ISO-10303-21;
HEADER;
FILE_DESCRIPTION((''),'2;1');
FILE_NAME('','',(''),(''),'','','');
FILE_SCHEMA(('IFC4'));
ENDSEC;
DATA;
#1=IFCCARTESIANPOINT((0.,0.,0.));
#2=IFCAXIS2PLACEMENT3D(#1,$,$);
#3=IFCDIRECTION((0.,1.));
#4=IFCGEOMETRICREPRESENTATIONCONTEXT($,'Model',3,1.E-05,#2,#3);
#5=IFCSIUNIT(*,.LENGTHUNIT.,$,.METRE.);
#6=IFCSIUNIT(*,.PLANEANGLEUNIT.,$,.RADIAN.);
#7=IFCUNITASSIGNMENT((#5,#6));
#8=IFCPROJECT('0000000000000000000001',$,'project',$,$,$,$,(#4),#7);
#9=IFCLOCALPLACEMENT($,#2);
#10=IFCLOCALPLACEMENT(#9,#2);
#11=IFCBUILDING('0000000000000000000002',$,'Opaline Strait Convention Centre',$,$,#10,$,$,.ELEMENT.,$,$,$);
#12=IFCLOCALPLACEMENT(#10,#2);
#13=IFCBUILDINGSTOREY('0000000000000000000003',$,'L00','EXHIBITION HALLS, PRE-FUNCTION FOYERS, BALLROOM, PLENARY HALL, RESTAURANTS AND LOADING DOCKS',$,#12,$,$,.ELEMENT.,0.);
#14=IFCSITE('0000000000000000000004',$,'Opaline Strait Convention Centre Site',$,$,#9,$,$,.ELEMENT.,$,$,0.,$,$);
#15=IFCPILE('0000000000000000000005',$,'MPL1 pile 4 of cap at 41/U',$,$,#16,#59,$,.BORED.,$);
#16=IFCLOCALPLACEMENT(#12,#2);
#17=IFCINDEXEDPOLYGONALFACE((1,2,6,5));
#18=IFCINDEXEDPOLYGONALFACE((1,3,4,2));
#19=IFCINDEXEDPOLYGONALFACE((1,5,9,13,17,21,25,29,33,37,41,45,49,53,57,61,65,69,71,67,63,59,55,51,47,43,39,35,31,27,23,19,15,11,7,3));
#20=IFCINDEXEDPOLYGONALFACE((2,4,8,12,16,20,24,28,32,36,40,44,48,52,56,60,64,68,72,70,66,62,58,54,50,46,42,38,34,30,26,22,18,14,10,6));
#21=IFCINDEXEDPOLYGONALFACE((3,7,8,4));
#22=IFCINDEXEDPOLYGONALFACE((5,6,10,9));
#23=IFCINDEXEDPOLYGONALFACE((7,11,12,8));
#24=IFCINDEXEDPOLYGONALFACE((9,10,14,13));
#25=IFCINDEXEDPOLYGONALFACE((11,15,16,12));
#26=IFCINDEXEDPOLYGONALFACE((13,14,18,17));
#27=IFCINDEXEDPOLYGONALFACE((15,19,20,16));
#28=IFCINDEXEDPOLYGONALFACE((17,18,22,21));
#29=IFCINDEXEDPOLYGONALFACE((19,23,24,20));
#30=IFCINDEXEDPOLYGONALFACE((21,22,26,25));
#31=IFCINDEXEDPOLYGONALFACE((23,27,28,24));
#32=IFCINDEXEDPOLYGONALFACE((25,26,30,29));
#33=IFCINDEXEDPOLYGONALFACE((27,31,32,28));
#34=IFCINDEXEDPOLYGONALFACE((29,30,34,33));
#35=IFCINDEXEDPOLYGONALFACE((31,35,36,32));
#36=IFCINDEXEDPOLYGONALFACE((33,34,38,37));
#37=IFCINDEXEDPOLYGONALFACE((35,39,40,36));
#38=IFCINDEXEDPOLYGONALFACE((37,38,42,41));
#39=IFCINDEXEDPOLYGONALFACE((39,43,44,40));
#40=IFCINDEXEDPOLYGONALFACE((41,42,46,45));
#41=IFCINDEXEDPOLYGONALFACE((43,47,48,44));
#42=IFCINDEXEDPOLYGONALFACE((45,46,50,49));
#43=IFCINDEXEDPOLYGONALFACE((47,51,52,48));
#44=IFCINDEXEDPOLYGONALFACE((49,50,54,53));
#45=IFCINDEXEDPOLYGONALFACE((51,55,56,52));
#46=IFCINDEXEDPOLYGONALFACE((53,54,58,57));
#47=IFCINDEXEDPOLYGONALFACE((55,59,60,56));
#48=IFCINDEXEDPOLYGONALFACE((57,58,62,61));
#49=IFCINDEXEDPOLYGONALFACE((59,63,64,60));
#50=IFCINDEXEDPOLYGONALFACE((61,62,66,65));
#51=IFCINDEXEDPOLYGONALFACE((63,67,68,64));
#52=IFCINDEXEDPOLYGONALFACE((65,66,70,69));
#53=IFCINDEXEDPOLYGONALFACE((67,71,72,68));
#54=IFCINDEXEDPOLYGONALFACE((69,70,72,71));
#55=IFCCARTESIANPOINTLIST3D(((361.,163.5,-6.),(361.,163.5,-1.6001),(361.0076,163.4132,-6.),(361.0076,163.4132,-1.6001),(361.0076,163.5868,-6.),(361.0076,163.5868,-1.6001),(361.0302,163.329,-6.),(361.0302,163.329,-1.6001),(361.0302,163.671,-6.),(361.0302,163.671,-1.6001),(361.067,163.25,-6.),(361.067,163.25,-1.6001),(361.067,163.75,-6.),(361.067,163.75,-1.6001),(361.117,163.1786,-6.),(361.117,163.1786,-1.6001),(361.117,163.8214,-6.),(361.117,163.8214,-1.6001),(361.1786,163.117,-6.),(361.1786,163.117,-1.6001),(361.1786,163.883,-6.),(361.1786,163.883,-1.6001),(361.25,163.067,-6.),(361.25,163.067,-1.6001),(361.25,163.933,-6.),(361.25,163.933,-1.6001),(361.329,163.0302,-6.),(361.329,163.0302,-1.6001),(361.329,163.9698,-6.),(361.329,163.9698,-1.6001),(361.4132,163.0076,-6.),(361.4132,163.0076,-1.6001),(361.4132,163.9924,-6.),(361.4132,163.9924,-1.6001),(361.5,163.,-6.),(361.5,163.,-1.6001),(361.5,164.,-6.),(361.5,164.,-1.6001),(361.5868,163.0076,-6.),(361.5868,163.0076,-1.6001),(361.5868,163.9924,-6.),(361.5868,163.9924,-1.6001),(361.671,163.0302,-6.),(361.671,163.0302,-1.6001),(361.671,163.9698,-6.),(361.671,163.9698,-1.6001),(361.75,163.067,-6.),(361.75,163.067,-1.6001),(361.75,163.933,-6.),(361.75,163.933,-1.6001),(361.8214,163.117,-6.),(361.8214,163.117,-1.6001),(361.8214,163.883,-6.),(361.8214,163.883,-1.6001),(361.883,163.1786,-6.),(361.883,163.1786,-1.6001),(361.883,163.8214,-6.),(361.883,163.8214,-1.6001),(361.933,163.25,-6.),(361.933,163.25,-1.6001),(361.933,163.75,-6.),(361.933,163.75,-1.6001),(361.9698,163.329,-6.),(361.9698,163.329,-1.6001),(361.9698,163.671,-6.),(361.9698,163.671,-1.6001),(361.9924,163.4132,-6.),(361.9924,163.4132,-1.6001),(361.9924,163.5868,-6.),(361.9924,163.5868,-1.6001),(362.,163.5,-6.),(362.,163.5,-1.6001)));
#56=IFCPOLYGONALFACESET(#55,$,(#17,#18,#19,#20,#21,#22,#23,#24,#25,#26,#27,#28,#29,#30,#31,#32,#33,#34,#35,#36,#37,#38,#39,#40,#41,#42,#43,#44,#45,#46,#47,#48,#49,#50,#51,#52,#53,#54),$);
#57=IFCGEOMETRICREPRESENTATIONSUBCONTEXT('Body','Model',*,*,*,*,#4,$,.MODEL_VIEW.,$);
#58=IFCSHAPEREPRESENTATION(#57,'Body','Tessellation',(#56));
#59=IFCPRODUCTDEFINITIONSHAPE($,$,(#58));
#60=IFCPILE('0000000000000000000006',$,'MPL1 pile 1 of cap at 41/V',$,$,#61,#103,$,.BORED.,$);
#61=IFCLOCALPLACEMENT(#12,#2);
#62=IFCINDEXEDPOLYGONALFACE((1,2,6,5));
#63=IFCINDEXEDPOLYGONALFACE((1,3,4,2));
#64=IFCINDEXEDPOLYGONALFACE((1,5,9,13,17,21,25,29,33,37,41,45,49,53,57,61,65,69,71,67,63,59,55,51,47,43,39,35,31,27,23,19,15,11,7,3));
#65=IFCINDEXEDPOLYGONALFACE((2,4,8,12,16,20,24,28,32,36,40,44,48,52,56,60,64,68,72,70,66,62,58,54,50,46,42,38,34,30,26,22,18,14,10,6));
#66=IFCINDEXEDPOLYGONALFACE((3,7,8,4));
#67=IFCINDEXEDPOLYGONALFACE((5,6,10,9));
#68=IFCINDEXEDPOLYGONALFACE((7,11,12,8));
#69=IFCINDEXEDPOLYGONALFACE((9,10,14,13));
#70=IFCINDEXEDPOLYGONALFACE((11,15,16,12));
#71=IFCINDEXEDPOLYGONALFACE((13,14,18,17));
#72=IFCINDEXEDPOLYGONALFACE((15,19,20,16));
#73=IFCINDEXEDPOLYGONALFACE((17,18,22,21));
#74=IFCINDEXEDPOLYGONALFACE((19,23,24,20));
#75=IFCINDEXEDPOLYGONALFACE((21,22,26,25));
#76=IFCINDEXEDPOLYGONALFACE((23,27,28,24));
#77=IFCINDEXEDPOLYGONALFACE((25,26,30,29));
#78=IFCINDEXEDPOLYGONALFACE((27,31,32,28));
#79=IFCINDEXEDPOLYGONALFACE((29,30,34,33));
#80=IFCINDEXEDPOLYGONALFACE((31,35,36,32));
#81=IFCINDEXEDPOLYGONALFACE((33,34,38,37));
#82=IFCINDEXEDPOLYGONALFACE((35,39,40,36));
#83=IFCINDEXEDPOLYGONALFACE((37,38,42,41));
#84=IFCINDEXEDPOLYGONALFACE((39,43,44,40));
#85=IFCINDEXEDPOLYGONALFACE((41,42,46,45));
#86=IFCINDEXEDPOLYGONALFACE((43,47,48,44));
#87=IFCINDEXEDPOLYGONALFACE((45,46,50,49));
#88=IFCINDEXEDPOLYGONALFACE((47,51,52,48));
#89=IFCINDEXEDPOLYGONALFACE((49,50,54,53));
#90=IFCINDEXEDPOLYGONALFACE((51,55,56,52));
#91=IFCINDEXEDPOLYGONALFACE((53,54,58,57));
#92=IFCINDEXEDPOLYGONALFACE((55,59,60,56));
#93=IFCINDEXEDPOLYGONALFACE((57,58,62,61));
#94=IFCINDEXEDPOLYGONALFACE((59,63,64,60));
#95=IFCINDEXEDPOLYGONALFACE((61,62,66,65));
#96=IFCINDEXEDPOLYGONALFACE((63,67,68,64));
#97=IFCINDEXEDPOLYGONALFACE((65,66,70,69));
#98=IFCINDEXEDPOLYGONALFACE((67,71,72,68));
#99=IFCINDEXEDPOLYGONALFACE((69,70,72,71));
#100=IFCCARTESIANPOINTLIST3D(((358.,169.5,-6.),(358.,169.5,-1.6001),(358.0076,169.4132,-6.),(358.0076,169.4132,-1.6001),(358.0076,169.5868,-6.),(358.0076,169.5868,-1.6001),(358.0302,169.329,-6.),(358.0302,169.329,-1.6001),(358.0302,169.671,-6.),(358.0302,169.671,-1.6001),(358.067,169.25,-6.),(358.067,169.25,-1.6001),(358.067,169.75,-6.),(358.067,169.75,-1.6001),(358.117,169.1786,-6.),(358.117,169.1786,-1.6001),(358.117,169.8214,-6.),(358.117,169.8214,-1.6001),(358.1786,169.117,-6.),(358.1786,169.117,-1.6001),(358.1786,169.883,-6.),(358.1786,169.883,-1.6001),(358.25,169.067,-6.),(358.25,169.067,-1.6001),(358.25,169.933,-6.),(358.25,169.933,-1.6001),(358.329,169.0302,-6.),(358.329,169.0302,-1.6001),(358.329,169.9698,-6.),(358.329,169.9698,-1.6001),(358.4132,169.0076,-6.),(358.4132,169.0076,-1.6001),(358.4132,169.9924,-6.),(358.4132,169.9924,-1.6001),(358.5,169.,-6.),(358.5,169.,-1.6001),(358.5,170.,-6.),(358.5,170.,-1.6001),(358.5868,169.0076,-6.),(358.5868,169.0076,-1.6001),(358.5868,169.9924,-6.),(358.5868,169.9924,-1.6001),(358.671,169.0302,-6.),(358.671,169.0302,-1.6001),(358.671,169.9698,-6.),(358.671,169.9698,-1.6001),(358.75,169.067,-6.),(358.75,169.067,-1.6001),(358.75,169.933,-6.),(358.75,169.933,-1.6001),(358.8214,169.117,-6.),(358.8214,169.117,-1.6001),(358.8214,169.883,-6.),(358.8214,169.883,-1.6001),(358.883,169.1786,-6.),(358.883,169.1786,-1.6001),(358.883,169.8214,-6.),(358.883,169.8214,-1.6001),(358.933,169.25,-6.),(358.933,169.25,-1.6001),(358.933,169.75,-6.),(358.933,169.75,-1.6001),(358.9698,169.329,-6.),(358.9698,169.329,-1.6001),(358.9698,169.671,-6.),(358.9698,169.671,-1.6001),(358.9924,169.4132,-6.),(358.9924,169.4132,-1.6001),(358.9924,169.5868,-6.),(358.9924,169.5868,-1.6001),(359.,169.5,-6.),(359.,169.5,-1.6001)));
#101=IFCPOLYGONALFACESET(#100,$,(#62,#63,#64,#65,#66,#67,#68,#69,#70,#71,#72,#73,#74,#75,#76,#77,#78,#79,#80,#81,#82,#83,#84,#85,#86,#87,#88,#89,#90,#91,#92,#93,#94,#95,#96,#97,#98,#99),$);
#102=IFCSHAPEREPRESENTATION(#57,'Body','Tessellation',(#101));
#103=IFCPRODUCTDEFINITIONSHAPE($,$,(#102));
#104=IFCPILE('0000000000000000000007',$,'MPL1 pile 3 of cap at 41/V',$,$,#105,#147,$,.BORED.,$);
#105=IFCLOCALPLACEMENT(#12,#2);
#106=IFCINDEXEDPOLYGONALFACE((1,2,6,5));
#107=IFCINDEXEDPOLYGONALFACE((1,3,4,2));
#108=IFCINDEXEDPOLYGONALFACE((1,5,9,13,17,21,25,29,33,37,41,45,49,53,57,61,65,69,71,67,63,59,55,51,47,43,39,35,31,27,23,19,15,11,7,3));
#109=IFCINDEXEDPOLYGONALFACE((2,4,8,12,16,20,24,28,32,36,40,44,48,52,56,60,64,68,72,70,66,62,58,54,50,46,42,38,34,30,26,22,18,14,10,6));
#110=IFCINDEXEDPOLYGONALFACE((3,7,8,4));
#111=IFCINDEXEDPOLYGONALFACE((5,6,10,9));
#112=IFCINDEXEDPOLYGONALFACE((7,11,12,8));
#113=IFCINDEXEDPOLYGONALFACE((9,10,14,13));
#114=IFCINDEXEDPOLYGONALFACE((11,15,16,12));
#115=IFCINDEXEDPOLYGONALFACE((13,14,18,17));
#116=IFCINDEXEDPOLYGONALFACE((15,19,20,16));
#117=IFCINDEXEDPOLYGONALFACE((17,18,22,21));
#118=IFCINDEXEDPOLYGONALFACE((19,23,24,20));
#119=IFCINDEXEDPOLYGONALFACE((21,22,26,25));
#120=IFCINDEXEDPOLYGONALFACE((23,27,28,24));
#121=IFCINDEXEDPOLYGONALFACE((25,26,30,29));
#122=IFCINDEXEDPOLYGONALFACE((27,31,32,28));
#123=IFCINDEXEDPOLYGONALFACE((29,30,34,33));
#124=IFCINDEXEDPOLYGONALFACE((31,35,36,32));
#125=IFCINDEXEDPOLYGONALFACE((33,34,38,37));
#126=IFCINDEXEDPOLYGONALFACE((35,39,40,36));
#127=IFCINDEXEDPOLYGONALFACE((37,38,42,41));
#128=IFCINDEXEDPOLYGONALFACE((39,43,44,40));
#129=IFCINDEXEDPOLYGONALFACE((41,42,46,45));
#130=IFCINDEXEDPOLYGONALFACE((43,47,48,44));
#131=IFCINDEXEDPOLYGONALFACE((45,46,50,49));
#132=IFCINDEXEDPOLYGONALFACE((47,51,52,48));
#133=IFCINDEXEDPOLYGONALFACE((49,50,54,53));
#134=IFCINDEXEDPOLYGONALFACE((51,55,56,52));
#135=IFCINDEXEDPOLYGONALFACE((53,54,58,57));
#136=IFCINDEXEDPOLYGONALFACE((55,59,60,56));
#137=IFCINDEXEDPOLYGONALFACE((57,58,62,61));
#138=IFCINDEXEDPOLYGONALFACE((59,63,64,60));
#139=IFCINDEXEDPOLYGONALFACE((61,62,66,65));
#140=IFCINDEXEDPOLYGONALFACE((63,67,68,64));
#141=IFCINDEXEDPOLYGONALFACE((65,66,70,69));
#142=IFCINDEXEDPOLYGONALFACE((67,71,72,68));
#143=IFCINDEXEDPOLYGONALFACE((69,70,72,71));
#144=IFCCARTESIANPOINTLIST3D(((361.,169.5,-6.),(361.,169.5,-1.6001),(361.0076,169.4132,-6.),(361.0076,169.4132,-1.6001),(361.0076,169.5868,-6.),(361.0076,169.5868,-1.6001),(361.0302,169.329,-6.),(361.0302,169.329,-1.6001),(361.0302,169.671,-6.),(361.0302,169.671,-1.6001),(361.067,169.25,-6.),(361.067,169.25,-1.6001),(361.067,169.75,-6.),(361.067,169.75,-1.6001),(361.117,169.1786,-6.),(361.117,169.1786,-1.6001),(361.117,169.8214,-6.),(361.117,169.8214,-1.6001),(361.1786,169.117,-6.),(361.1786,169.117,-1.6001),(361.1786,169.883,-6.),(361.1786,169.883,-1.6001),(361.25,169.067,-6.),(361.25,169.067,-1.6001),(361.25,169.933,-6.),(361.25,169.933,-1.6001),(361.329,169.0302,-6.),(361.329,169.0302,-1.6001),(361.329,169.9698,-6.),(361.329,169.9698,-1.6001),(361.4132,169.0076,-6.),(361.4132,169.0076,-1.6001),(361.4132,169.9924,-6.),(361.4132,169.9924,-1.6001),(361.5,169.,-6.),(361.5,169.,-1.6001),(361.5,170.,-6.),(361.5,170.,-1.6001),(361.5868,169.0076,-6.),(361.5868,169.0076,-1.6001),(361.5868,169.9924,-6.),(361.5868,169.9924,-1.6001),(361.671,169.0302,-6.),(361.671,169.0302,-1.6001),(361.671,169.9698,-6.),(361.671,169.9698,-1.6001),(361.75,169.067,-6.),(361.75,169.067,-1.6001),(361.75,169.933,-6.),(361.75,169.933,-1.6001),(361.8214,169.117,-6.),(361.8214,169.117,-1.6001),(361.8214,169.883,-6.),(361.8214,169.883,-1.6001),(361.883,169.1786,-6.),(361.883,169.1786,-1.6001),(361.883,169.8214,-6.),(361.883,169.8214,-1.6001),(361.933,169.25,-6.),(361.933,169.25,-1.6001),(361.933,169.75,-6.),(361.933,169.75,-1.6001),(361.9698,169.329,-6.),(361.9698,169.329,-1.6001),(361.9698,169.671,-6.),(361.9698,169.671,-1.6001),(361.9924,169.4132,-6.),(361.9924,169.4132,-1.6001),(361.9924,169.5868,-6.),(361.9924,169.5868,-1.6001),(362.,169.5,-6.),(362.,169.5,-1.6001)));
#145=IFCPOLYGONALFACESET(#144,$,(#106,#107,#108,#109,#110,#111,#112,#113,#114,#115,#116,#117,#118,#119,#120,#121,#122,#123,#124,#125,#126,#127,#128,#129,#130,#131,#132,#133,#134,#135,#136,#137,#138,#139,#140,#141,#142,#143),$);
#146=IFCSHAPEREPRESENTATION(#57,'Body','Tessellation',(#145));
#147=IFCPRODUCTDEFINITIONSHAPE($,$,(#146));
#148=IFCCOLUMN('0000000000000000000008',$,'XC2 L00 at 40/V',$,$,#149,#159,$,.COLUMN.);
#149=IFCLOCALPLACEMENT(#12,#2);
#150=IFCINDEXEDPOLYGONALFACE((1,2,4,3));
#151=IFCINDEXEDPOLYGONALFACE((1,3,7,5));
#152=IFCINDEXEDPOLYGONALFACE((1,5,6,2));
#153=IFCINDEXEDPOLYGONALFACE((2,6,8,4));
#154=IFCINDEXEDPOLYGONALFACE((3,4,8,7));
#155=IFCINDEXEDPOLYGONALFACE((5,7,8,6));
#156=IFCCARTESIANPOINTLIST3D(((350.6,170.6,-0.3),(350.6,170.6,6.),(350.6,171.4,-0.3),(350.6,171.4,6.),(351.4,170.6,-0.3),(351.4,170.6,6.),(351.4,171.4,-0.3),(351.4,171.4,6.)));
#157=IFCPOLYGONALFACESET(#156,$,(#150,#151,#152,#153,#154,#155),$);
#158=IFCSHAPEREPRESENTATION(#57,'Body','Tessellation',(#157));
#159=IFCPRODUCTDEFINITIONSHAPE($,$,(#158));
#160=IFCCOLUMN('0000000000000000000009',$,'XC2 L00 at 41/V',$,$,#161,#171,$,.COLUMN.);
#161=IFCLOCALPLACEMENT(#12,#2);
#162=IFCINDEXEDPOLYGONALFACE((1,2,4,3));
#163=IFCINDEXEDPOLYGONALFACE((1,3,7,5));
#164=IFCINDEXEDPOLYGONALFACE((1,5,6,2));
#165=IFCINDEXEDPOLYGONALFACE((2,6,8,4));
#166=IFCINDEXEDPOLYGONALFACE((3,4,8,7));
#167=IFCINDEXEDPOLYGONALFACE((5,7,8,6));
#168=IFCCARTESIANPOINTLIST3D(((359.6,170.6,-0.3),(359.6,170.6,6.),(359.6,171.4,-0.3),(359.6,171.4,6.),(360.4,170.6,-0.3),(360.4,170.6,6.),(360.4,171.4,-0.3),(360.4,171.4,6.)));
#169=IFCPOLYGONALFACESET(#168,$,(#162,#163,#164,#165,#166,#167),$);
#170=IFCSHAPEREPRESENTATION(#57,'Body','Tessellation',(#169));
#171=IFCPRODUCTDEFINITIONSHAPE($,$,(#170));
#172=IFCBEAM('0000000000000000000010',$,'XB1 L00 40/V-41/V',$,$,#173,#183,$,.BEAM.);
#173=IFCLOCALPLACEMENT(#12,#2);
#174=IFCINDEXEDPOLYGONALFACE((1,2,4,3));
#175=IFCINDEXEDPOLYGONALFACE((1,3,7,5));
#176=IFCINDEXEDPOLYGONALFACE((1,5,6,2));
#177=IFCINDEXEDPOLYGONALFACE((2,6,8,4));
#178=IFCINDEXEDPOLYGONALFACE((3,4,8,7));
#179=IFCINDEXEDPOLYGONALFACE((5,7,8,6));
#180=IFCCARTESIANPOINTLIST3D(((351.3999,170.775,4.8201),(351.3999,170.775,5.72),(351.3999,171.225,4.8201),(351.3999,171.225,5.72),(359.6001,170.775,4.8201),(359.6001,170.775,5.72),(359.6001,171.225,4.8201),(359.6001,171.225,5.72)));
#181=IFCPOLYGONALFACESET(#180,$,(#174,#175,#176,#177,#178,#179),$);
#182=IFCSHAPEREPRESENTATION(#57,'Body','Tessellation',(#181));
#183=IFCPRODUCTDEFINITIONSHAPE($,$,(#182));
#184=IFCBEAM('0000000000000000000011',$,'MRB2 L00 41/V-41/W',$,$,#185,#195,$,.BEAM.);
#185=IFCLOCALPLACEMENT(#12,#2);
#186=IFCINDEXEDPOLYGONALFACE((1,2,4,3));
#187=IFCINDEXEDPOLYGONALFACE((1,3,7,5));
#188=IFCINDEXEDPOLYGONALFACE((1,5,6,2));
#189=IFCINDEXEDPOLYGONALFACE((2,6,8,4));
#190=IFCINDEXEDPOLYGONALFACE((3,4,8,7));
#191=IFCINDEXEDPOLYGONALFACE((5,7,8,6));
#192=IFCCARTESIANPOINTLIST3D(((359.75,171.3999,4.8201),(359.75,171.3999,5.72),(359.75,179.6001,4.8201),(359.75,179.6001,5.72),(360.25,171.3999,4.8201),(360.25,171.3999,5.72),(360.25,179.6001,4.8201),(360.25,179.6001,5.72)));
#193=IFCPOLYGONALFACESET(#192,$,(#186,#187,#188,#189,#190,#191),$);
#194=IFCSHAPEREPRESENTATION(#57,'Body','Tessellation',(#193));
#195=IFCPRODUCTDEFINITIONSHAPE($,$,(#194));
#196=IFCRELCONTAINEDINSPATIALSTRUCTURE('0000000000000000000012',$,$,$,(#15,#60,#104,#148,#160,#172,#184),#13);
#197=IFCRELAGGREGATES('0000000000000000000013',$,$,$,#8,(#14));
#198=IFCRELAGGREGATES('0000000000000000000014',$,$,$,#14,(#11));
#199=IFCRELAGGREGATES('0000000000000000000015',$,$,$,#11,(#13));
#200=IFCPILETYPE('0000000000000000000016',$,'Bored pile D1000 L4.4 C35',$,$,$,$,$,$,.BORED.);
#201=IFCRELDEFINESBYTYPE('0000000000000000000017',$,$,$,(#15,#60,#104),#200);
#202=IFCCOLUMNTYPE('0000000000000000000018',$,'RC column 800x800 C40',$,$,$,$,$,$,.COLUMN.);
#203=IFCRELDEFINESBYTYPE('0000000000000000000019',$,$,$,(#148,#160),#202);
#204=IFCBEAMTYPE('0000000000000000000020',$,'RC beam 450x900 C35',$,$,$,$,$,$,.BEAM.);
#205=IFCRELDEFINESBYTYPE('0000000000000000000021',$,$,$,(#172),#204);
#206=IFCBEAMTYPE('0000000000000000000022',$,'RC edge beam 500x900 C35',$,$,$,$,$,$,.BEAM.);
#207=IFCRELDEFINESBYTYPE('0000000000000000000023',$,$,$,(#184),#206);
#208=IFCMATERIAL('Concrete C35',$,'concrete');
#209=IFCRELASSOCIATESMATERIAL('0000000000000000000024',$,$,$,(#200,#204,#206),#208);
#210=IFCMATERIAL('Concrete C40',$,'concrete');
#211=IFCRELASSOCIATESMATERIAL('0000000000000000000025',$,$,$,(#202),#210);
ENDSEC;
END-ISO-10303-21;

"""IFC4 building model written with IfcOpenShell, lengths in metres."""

from ifc_helpers import new_model, si_unit, direction, frame, origin, origin_2d, place, context, subcontext, project, spatial, rectangle, circle, extrude, material, material_profile, profile_set, type_object, element, save


model = new_model("IFC4")

# Units and contexts
model_context = context("Model", 3, precision=1e-05, world=origin(), true_north=direction((0.0, 1.0)))
body_context = subcontext(model_context, "Body", "Model", "MODEL_VIEW")
ifc_project = project(units=[si_unit("LENGTHUNIT", "METRE"), si_unit("PLANEANGLEUNIT", "RADIAN")], contexts=[model_context])

# Site, building, storey
site_placement = place(None, origin())
site = spatial("IfcSite", under=ifc_project, at=site_placement, Name="Opaline Strait Convention Centre Site", CompositionType="ELEMENT", RefElevation=0.0)
building_placement = place(site_placement, origin())
building = spatial("IfcBuilding", under=site, at=building_placement, Name="Opaline Strait Convention Centre", CompositionType="ELEMENT")
storey_placement = place(building_placement, origin())
storey = spatial("IfcBuildingStorey", under=building, at=storey_placement, Name="L00", Description="EXHIBITION HALLS, PRE-FUNCTION FOYERS, BALLROOM, PLENARY HALL, RESTAURANTS AND LOADING DOCKS", CompositionType="ELEMENT", Elevation=0.0)

# Piles
ifc_material_1 = material(Name="Concrete C35", Category="concrete")
ifc_material_profile_1 = material_profile(ifc_material_1, circle(Radius=0.5, at=origin_2d()), Name="D1000")
ifc_profile_set_1 = profile_set([ifc_material_profile_1], Name="Concrete C35")
pile_type = type_object("IfcPileType", Name="Bored pile D1000 L4.4 C35", PredefinedType="BORED", material=ifc_profile_set_1)
for number, where, z_axis, x_axis, name in (
    (1, (361.5, 163.5, -1.6001), (0.0, 0.0, -1.0), (1.0, 0.0, 0.0), "MPL1 pile 4 of cap at 41/U"),
    (2, (358.5, 169.5, -1.6001), (0.0, 0.0, -1.0), (1.0, 0.0, 0.0), "MPL1 pile 1 of cap at 41/V"),
    (3, (361.5, 169.5, -1.6001), (0.0, 0.0, -1.0), (1.0, 0.0, 0.0), "MPL1 pile 3 of cap at 41/V"),
):
    element("IfcPile", number, at=place(storey_placement, frame(where, z_axis=z_axis, x_axis=x_axis)), inside=storey, type_object=pile_type, Name=name, PredefinedType="BORED", context=body_context, shape_type="SweptSolid", body=[
        extrude(circle(Radius=0.5, at=origin_2d()), origin(), (0.0, 0.0, 1.0), 4.3999),
    ])

# Columns
ifc_material_2 = material(Name="Concrete C40", Category="concrete")
ifc_material_profile_2 = material_profile(ifc_material_2, rectangle(XDim=0.8, YDim=0.8, at=origin_2d()), Name="RC 800x800")
ifc_profile_set_2 = profile_set([ifc_material_profile_2], Name="Concrete C40")
column_type = type_object("IfcColumnType", Name="RC column 800x800 C40", PredefinedType="COLUMN", material=ifc_profile_set_2)
for number, where, z_axis, x_axis, name in (
    (4, (351.0, 171.0, -0.3), (0.0, 0.0, 1.0), (1.0, 0.0, 0.0), "XC2 L00 at 40/V"),
    (5, (360.0, 171.0, -0.3), (0.0, 0.0, 1.0), (1.0, 0.0, 0.0), "XC2 L00 at 41/V"),
):
    element("IfcColumn", number, at=place(storey_placement, frame(where, z_axis=z_axis, x_axis=x_axis)), inside=storey, type_object=column_type, Name=name, PredefinedType="COLUMN", context=body_context, shape_type="SweptSolid", body=[
        extrude(rectangle(XDim=0.8, YDim=0.8, at=origin_2d()), origin(), (0.0, 0.0, 1.0), 6.3),
    ])

# Beams
ifc_material_profile_3 = material_profile(ifc_material_1, rectangle(XDim=0.45, YDim=0.8999, at=origin_2d()), Name="RC 450x900")
ifc_profile_set_3 = profile_set([ifc_material_profile_3], Name="Concrete C35")
beam_type_1 = type_object("IfcBeamType", Name="RC beam 450x900 C35", PredefinedType="BEAM", material=ifc_profile_set_3)
beam_1_placement = place(storey_placement, frame((351.3999, 171.0, 5.27), z_axis=(1.0, 0.0, 0.0), x_axis=(0.0, 1.0, 0.0)))
element("IfcBeam", 6, at=beam_1_placement, inside=storey, type_object=beam_type_1, Name="XB1 L00 40/V-41/V", PredefinedType="BEAM", context=body_context, shape_type="SweptSolid", body=[
    extrude(rectangle(XDim=0.45, YDim=0.8999, at=origin_2d()), origin(), (0.0, 0.0, 1.0), 8.2002),
])
ifc_material_profile_4 = material_profile(ifc_material_1, rectangle(XDim=0.5, YDim=0.8999, at=origin_2d()), Name="RC 500x900")
ifc_profile_set_4 = profile_set([ifc_material_profile_4], Name="Concrete C35")
beam_type_2 = type_object("IfcBeamType", Name="RC edge beam 500x900 C35", PredefinedType="BEAM", material=ifc_profile_set_4)
beam_2_placement = place(storey_placement, frame((360.0, 171.3999, 5.27), z_axis=(0.0, 1.0, 0.0), x_axis=(-1.0, 0.0, 0.0)))
element("IfcBeam", 7, at=beam_2_placement, inside=storey, type_object=beam_type_2, Name="MRB2 L00 41/V-41/W", PredefinedType="BEAM", context=body_context, shape_type="SweptSolid", body=[
    extrude(rectangle(XDim=0.5, YDim=0.8999, at=origin_2d()), origin(), (0.0, 0.0, 1.0), 8.2002),
])

save(model, "model.ifc")
